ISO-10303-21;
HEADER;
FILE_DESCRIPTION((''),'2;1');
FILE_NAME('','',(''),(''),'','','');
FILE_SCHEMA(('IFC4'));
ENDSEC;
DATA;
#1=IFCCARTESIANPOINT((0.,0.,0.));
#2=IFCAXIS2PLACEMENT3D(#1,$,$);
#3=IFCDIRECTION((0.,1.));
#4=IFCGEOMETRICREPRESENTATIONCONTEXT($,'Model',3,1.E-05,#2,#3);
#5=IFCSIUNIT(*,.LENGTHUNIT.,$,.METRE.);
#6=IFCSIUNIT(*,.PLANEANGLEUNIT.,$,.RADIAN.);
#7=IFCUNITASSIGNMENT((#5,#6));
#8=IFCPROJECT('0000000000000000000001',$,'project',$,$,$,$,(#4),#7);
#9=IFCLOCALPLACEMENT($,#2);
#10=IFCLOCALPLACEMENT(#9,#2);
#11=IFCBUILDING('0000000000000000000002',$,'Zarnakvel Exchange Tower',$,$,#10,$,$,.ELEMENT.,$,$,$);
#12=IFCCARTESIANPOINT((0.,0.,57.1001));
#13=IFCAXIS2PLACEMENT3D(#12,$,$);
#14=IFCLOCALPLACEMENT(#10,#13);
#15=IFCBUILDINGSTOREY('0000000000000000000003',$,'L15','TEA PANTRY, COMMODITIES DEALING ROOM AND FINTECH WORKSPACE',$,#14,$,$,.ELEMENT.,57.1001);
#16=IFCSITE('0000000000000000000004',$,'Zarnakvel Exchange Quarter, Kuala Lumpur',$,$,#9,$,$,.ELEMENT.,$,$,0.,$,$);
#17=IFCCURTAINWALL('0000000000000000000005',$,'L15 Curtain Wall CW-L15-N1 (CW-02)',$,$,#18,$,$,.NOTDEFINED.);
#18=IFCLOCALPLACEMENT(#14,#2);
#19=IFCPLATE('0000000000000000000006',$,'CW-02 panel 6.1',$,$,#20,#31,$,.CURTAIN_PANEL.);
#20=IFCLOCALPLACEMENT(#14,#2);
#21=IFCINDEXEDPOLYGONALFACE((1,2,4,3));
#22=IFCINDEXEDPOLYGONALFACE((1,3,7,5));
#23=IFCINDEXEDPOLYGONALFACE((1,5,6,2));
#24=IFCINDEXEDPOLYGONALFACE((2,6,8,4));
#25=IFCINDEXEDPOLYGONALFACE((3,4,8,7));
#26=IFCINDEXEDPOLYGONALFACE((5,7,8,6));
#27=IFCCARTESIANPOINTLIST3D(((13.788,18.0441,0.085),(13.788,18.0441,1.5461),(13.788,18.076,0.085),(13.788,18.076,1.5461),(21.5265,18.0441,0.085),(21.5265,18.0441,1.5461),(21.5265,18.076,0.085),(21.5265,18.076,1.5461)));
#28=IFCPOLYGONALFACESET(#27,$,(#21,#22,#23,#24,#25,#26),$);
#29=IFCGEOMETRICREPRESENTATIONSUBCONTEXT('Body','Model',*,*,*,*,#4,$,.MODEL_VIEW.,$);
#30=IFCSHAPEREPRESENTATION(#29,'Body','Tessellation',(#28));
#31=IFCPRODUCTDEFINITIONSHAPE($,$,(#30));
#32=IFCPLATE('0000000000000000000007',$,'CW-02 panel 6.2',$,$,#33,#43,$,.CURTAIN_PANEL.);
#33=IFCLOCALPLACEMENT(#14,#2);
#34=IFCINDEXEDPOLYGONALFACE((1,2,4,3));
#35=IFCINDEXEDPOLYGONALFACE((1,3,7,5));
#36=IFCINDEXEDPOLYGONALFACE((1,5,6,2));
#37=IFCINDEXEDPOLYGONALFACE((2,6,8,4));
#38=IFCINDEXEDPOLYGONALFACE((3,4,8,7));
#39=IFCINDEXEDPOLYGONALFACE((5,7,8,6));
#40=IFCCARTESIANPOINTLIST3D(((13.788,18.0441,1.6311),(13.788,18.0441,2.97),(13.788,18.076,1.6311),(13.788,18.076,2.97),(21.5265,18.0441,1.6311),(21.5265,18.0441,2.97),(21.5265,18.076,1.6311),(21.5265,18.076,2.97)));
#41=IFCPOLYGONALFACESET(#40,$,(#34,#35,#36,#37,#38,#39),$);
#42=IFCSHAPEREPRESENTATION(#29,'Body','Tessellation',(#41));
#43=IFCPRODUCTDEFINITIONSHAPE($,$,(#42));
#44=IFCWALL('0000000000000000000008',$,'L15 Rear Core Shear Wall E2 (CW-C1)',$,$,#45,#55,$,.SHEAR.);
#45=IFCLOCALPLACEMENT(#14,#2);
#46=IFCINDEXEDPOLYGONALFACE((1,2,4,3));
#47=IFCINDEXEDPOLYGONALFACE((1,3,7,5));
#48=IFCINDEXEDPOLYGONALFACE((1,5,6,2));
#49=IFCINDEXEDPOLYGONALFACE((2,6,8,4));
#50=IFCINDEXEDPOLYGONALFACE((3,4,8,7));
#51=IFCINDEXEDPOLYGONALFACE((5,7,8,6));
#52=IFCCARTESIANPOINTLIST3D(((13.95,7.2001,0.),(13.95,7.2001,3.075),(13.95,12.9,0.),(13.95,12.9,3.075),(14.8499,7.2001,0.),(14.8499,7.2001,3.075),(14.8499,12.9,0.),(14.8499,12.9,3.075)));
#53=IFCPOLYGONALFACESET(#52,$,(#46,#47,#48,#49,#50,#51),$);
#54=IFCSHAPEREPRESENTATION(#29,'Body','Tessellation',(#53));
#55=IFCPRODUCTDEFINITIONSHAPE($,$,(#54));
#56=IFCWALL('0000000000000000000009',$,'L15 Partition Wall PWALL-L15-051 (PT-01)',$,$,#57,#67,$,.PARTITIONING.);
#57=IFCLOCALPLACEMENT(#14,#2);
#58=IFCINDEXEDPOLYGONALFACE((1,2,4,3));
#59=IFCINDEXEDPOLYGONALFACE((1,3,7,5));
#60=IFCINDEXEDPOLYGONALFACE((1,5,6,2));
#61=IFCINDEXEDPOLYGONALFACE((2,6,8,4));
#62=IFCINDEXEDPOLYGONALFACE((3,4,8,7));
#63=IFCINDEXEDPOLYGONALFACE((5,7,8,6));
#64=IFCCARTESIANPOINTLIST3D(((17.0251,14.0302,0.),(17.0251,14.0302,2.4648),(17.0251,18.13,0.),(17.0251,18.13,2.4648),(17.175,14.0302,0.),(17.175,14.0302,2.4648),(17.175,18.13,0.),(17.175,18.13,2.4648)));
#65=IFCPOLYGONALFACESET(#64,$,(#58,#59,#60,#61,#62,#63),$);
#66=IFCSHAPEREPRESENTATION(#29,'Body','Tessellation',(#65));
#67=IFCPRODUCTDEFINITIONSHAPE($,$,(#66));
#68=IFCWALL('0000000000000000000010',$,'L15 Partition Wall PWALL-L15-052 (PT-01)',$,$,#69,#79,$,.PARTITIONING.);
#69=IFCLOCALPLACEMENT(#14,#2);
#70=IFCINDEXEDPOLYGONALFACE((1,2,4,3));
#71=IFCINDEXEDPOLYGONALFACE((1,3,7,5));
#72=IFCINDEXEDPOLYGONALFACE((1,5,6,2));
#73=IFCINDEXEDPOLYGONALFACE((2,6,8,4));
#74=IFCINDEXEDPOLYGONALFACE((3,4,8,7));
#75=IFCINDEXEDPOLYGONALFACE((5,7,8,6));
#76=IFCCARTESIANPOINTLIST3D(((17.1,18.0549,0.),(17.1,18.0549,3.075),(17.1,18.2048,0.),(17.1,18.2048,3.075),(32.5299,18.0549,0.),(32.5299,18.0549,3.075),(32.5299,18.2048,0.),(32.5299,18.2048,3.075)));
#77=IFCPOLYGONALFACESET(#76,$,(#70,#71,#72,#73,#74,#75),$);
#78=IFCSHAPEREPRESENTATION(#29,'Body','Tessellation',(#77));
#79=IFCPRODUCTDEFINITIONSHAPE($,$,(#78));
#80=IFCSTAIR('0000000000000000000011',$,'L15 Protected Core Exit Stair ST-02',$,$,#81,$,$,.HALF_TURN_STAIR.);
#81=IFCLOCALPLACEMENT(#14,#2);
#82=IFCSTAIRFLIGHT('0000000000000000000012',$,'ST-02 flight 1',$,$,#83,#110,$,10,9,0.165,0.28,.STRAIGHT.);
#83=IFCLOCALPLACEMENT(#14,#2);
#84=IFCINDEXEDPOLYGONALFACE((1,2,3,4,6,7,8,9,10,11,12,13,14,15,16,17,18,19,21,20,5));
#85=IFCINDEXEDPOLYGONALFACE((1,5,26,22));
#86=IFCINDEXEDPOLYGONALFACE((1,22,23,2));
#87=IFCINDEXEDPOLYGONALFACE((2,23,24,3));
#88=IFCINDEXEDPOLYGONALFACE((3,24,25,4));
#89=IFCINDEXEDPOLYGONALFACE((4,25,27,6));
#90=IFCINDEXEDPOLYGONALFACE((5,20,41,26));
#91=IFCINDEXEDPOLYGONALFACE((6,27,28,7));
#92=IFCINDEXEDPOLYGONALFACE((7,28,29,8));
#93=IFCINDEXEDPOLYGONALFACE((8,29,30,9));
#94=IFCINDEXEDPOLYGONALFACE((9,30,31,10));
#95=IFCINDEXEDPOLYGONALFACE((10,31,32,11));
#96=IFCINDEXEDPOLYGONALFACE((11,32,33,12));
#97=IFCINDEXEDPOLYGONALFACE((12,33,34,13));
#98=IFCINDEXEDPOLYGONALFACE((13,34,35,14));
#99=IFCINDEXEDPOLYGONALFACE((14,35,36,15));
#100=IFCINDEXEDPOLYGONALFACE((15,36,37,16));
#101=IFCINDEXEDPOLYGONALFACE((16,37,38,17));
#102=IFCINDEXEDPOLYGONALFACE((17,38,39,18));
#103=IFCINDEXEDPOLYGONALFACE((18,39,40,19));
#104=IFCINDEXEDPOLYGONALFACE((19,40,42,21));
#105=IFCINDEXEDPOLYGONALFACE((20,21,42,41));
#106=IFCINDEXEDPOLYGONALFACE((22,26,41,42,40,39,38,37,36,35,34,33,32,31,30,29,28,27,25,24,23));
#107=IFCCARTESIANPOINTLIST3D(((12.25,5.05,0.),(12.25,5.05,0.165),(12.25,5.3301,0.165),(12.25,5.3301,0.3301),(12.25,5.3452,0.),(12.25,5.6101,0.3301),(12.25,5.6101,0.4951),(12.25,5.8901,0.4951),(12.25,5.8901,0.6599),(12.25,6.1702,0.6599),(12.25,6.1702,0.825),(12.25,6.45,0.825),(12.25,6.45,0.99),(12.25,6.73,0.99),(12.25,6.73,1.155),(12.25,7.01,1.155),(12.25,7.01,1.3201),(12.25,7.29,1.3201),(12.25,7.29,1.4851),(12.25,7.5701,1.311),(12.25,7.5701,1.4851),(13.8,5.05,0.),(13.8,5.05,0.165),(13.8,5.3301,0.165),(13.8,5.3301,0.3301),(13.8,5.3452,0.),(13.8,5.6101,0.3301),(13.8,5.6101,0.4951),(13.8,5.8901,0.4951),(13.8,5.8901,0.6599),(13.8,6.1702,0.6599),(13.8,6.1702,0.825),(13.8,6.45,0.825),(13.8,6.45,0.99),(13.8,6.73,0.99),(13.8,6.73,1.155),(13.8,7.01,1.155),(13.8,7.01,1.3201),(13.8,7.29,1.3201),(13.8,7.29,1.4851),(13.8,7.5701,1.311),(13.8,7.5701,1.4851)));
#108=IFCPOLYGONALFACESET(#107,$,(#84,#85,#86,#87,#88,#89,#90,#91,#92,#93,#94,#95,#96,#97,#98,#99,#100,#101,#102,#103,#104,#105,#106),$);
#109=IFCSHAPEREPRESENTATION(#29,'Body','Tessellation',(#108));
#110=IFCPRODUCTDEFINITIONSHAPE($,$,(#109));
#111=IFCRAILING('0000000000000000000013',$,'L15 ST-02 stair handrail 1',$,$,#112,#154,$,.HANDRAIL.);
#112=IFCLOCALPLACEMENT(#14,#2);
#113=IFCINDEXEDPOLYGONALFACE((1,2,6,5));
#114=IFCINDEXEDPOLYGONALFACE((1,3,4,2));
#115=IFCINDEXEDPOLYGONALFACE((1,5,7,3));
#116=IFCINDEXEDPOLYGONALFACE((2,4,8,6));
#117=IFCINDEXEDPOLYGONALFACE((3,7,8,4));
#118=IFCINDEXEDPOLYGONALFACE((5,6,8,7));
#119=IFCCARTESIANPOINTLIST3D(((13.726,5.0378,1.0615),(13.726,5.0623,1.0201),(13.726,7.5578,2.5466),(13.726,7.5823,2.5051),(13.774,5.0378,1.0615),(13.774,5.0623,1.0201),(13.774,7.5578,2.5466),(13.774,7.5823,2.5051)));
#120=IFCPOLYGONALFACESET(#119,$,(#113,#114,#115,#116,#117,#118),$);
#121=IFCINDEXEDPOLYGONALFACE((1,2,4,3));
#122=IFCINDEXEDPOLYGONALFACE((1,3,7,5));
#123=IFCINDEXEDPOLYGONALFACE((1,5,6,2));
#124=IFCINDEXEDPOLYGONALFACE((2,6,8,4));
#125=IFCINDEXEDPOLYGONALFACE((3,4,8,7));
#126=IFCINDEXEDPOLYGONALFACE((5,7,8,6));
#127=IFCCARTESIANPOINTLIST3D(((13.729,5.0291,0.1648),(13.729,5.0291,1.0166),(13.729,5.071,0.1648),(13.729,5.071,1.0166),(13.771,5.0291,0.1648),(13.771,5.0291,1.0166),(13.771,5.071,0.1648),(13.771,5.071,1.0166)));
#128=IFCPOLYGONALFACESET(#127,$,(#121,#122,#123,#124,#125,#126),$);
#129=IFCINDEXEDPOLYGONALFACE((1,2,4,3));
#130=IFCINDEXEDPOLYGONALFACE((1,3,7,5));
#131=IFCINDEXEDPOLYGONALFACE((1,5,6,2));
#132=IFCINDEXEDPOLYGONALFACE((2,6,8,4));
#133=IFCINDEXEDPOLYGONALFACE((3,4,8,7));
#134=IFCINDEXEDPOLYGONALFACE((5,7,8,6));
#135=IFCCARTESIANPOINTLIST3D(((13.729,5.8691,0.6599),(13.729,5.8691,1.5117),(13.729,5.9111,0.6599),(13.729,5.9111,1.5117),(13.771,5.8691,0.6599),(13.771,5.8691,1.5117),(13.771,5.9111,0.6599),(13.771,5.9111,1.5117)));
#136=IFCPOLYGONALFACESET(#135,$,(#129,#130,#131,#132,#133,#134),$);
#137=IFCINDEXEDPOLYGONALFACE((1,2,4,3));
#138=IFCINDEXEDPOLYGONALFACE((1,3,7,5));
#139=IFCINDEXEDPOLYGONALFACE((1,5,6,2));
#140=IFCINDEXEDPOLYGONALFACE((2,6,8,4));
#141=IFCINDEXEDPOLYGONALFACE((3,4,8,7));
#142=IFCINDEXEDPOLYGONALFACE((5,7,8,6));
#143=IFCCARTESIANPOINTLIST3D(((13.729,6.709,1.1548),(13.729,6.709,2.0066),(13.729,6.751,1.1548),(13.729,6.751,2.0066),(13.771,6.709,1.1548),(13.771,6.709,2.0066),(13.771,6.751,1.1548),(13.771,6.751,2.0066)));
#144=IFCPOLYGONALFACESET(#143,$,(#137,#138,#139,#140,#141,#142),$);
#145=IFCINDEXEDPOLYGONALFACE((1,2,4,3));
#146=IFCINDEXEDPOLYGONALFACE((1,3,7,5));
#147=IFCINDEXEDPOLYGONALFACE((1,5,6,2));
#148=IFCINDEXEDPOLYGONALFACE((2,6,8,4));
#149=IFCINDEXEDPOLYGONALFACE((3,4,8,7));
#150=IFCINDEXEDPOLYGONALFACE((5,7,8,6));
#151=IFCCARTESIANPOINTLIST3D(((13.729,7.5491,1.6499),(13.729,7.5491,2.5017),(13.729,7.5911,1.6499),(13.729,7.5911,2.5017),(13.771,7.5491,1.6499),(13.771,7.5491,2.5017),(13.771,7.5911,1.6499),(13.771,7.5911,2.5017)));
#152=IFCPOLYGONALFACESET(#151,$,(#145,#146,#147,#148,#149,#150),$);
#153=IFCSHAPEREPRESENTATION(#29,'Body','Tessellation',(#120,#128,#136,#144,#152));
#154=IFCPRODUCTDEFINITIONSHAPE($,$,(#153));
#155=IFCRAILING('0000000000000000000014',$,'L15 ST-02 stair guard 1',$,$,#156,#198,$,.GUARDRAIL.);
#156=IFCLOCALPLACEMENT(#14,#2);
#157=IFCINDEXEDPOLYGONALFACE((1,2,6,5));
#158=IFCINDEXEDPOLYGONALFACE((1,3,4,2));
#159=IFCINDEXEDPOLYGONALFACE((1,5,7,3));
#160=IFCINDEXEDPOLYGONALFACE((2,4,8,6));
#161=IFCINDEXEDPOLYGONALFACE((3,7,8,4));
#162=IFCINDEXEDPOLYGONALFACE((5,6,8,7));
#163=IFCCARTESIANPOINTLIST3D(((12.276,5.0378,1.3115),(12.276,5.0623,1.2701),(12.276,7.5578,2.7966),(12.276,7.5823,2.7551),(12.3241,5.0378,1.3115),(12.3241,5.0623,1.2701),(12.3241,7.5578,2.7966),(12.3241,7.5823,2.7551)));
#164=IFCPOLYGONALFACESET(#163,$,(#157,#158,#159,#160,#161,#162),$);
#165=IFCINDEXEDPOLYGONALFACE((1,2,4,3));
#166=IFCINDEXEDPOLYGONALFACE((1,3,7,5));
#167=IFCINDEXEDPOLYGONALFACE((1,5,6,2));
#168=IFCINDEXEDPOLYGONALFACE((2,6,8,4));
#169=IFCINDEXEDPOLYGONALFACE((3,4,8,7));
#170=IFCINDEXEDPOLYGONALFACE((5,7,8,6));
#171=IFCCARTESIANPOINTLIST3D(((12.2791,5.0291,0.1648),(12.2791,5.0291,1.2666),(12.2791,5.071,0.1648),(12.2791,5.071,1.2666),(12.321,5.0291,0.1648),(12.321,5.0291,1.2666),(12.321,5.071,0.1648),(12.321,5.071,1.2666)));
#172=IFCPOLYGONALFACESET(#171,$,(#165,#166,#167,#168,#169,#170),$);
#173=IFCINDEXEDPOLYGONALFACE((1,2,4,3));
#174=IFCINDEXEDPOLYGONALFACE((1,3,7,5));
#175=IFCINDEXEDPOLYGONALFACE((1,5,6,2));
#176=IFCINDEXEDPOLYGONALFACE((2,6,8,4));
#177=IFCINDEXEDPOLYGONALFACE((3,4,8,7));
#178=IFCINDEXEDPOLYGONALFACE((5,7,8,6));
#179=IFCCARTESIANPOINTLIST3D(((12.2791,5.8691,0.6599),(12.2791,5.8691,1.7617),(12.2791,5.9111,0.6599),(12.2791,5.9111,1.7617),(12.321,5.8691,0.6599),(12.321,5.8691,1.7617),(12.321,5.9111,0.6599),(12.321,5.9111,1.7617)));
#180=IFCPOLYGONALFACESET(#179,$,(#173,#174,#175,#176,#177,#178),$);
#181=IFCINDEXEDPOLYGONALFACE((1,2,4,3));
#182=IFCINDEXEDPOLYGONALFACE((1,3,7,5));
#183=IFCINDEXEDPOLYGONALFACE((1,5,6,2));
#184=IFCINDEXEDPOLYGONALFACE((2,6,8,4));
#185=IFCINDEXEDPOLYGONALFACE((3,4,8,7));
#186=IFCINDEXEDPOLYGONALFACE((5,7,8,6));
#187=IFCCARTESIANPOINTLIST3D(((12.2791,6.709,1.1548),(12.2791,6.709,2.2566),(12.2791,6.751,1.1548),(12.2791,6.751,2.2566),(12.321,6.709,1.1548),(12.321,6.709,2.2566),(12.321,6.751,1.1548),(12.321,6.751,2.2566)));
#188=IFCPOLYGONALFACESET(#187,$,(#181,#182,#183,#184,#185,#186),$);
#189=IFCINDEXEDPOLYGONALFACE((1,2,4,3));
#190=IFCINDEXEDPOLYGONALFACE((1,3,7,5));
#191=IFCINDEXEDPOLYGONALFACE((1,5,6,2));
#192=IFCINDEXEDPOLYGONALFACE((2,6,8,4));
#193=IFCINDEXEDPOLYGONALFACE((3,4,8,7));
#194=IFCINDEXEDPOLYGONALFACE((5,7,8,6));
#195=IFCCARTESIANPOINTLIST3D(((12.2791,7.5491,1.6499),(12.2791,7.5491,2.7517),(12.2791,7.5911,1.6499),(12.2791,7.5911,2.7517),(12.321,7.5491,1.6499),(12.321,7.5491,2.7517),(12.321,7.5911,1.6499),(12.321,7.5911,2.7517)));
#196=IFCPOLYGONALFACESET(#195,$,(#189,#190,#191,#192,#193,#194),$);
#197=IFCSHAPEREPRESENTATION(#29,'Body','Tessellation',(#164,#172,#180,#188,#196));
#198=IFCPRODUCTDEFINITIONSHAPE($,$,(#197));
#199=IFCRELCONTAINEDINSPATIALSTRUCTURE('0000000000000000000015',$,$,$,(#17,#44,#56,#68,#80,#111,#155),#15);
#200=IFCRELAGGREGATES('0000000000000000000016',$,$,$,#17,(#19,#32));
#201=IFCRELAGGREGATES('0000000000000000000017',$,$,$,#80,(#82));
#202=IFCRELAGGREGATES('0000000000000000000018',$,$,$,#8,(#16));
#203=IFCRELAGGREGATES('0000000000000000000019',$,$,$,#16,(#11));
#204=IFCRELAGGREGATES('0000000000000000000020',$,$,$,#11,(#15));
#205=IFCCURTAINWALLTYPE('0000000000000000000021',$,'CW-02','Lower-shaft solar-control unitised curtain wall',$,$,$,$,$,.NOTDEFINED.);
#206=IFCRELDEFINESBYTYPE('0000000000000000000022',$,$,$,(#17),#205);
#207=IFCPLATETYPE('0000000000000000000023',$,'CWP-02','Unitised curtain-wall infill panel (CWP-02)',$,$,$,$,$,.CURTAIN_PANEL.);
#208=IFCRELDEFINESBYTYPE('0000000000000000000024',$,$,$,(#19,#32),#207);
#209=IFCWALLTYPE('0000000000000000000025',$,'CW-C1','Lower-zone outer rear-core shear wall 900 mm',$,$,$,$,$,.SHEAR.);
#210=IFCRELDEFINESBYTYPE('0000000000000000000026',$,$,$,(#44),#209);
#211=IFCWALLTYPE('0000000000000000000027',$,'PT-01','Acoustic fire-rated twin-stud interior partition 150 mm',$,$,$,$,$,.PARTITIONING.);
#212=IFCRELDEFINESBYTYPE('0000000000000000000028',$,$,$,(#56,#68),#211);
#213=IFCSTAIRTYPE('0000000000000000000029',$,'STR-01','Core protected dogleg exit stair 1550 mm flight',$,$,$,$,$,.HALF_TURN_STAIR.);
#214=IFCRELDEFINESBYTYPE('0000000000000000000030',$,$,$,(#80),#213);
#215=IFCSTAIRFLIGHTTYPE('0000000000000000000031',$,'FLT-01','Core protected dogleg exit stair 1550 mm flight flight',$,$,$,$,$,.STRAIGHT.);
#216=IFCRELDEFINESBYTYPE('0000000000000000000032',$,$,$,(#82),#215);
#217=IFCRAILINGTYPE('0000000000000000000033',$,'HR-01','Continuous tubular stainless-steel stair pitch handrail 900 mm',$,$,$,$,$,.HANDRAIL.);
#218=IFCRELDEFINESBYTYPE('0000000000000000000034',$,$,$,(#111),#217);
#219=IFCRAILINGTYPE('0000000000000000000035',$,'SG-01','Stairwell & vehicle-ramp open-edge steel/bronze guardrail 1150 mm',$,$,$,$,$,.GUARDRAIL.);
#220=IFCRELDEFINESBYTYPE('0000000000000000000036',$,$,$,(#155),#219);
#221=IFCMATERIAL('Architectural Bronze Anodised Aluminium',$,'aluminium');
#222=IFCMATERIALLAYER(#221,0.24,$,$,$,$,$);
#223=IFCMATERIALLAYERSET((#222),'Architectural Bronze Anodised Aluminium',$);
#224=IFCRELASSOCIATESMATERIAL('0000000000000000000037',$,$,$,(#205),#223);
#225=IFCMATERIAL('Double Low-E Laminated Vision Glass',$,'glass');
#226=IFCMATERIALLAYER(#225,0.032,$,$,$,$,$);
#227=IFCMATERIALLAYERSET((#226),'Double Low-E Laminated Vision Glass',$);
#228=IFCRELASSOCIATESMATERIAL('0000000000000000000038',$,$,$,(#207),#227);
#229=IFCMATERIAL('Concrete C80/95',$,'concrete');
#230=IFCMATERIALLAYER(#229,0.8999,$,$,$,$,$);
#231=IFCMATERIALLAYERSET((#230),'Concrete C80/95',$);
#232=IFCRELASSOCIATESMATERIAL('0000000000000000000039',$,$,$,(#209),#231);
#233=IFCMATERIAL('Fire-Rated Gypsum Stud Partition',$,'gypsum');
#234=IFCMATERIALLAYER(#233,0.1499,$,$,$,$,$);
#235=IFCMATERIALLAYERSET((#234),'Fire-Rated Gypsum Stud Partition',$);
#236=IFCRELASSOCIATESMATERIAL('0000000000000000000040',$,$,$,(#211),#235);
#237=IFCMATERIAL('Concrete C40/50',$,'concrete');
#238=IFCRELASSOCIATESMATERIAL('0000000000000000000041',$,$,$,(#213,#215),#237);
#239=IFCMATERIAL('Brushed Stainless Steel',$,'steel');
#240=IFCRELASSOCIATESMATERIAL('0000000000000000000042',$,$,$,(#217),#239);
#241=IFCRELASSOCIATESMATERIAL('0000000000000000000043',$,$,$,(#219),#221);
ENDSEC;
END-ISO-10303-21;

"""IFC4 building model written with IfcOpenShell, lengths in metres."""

from ifc_helpers import new_model, si_unit, direction, frame, frame_2d, origin, origin_2d, place, context, subcontext, project, spatial, polyline, rectangle, outline, extrude, source, transform, mapped, material, layer, layer_set, type_object, element, aggregate, save


model = new_model("IFC4")

# Units and contexts
model_context = context("Model", 3, precision=1e-05, world=origin(), true_north=direction((0.0, 1.0)))
body_context = subcontext(model_context, "Body", "Model", "MODEL_VIEW")
ifc_project = project(units=[si_unit("LENGTHUNIT", "METRE"), si_unit("PLANEANGLEUNIT", "RADIAN")], contexts=[model_context])

# Site, building, storey
site_placement = place(None, origin())
site = spatial("IfcSite", under=ifc_project, at=site_placement, Name="Zarnakvel Exchange Quarter, Kuala Lumpur", CompositionType="ELEMENT", RefElevation=0.0)
building_placement = place(site_placement, origin())
building = spatial("IfcBuilding", under=site, at=building_placement, Name="Zarnakvel Exchange Tower", CompositionType="ELEMENT")
storey_placement = place(building_placement, frame((0.0, 0.0, 57.1001)))
storey = spatial("IfcBuildingStorey", under=building, at=storey_placement, Name="L15", Description="TEA PANTRY, COMMODITIES DEALING ROOM AND FINTECH WORKSPACE", CompositionType="ELEMENT", Elevation=57.1001)

# Shared definitions
ifc_material_1 = material(Name="Concrete C80/95", Category="concrete")

# Curtain wall, plates
ifc_material_2 = material(Name="Architectural Bronze Anodised Aluminium", Category="aluminium")
ifc_layer_1 = layer(ifc_material_2, 0.24)
ifc_layer_set_1 = layer_set([ifc_layer_1], Name="Architectural Bronze Anodised Aluminium")
curtain_wall_type = type_object("IfcCurtainWallType", Name="CW-02", Description="Lower-shaft solar-control unitised curtain wall", PredefinedType="NOTDEFINED", material=ifc_layer_set_1)
curtain_wall_placement = place(storey_placement, origin())
curtain_wall = element("IfcCurtainWall", 1, at=curtain_wall_placement, inside=storey, type_object=curtain_wall_type, Name="L15 Curtain Wall CW-L15-N1 (CW-02)", PredefinedType="NOTDEFINED")
ifc_material_3 = material(Name="Double Low-E Laminated Vision Glass", Category="glass")
ifc_layer_2 = layer(ifc_material_3, 0.032)
ifc_layer_set_2 = layer_set([ifc_layer_2], Name="Double Low-E Laminated Vision Glass")
plate_type = type_object("IfcPlateType", Name="CWP-02", Description="Unitised curtain-wall infill panel (CWP-02)", PredefinedType="CURTAIN_PANEL", material=ifc_layer_set_2)
shared_shape_1 = source(origin(), body_context, "Body", "SweptSolid", [
    extrude(rectangle(XDim=7.7385, YDim=0.032, at=origin_2d()), origin(), (0.0, 0.0, 1.0), 1.4612),
])
plate_1_placement = place(storey_placement, frame((17.6572, 18.0601, 0.085), z_axis=(0.0, 0.0, 1.0), x_axis=(1.0, 0.0, 0.0)))
plate_1 = element("IfcPlate", 2, at=plate_1_placement, type_object=plate_type, Name="CW-02 panel 6.1", PredefinedType="CURTAIN_PANEL", context=body_context, shape_type="MappedRepresentation", body=[
    mapped(shared_shape_1, transform((0.0, 0.0, 0.0), x_axis=(1.0, 0.0, 0.0), y_axis=(0.0, 1.0, 0.0), z_axis=(0.0, 0.0, 1.0), scale=1.0)),
])
shared_shape_2 = source(origin(), body_context, "Body", "SweptSolid", [
    extrude(rectangle(XDim=7.7385, YDim=0.032, at=origin_2d()), origin(), (0.0, 0.0, 1.0), 1.3389),
])
plate_2_placement = place(storey_placement, frame((17.6572, 18.0601, 1.6311), z_axis=(0.0, 0.0, 1.0), x_axis=(1.0, 0.0, 0.0)))
plate_2 = element("IfcPlate", 3, at=plate_2_placement, type_object=plate_type, Name="CW-02 panel 6.2", PredefinedType="CURTAIN_PANEL", context=body_context, shape_type="MappedRepresentation", body=[
    mapped(shared_shape_2, transform((0.0, 0.0, 0.0), x_axis=(1.0, 0.0, 0.0), y_axis=(0.0, 1.0, 0.0), z_axis=(0.0, 0.0, 1.0), scale=1.0)),
])
aggregate(curtain_wall, [plate_1, plate_2])

# Walls
ifc_layer_3 = layer(ifc_material_1, 0.8999)
ifc_layer_set_3 = layer_set([ifc_layer_3], Name="Concrete C80/95")
wall_type_1 = type_object("IfcWallType", Name="CW-C1", Description="Lower-zone outer rear-core shear wall 900 mm", PredefinedType="SHEAR", material=ifc_layer_set_3)
wall_1_placement = place(storey_placement, frame((14.3999, 7.2, 0.0), z_axis=(0.0, 0.0, 1.0), x_axis=(0.0, 1.0, 0.0)))
element("IfcWall", 4, at=wall_1_placement, inside=storey, type_object=wall_type_1, Name="L15 Rear Core Shear Wall E2 (CW-C1)", PredefinedType="SHEAR", context=body_context, shape_type="SweptSolid", body=[
    extrude(rectangle(XDim=5.7, YDim=0.8999, at=frame_2d((2.8501, 0.0))), origin(), (0.0, 0.0, 1.0), 3.075),
])
ifc_material_4 = material(Name="Fire-Rated Gypsum Stud Partition", Category="gypsum")
ifc_layer_4 = layer(ifc_material_4, 0.1499)
ifc_layer_set_4 = layer_set([ifc_layer_4], Name="Fire-Rated Gypsum Stud Partition")
wall_type_2 = type_object("IfcWallType", Name="PT-01", Description="Acoustic fire-rated twin-stud interior partition 150 mm", PredefinedType="PARTITIONING", material=ifc_layer_set_4)
wall_2_placement = place(storey_placement, frame((17.1001, 18.1299, 0.0), z_axis=(0.0, 0.0, 1.0), x_axis=(0.0, -1.0, 0.0)))
element("IfcWall", 5, at=wall_2_placement, inside=storey, type_object=wall_type_2, Name="L15 Partition Wall PWALL-L15-051 (PT-01)", PredefinedType="PARTITIONING", context=body_context, shape_type="SweptSolid", body=[
    extrude(rectangle(XDim=4.0999, YDim=0.1499, at=frame_2d((2.0498, 0.0))), origin(), (0.0, 0.0, 1.0), 2.4648),
])
wall_3_placement = place(storey_placement, frame((17.1001, 18.1299, 0.0), z_axis=(0.0, 0.0, 1.0), x_axis=(1.0, 0.0, 0.0)))
element("IfcWall", 6, at=wall_3_placement, inside=storey, type_object=wall_type_2, Name="L15 Partition Wall PWALL-L15-052 (PT-01)", PredefinedType="PARTITIONING", context=body_context, shape_type="SweptSolid", body=[
    extrude(rectangle(XDim=15.4299, YDim=0.1499, at=frame_2d((7.7148, 0.0))), origin(), (0.0, 0.0, 1.0), 3.075),
])

# Shared definitions
ifc_material_5 = material(Name="Concrete C40/50", Category="concrete")

# Stair, stair flight
stair_type = type_object("IfcStairType", Name="STR-01", Description="Core protected dogleg exit stair 1550 mm flight", PredefinedType="HALF_TURN_STAIR", material=ifc_material_5)
stair_placement = place(storey_placement, origin())
stair = element("IfcStair", 7, at=stair_placement, inside=storey, type_object=stair_type, Name="L15 Protected Core Exit Stair ST-02", PredefinedType="HALF_TURN_STAIR")
stair_flight_type = type_object("IfcStairFlightType", Name="FLT-01", Description="Core protected dogleg exit stair 1550 mm flight flight", PredefinedType="STRAIGHT", material=ifc_material_5)
stair_flight_placement = place(storey_placement, frame((13.0249, 5.05, 0.0), z_axis=(0.0, 0.0, 1.0), x_axis=(0.0, 1.0, 0.0)))
stair_flight = element("IfcStairFlight", 8, at=stair_flight_placement, type_object=stair_flight_type, Name="ST-02 flight 1", NumberOfRisers=10, NumberOfTreads=9, PredefinedType="STRAIGHT", RiserHeight=0.165, TreadLength=0.28, context=body_context, shape_type="SweptSolid", body=[
    extrude(outline(polyline([(0.0, 0.0), (0.0, 0.165), (0.28, 0.165), (0.28, 0.3301), (0.5601, 0.3301), (0.5601, 0.4951), (0.8401, 0.4951), (0.8401, 0.6599), (1.1201, 0.6599), (1.1201, 0.825), (1.3999, 0.825), (1.3999, 0.99), (1.6799, 0.99), (1.6799, 1.155), (1.96, 1.155), (1.96, 1.3201), (2.24, 1.3201), (2.24, 1.4851), (2.52, 1.4851), (2.52, 1.6499), (2.52, 1.311), (0.2952, 0.0), (0.0, 0.0)])), frame((0.0, 0.7749, 0.0), z_axis=(0.0, -1.0, 0.0), x_axis=(1.0, 0.0, 0.0)), (0.0, 0.0, 1.0), 1.55),
])
aggregate(stair, [stair_flight])

# Railings
ifc_material_6 = material(Name="Brushed Stainless Steel", Category="steel")
railing_type_1 = type_object("IfcRailingType", Name="HR-01", Description="Continuous tubular stainless-steel stair pitch handrail 900 mm", PredefinedType="HANDRAIL", material=ifc_material_6)
railing_1_placement = place(storey_placement, frame((13.75, 5.05, 0.1648)))
element("IfcRailing", 9, at=railing_1_placement, inside=storey, type_object=railing_type_1, Name="L15 ST-02 stair handrail 1", PredefinedType="HANDRAIL", context=body_context, shape_type="SweptSolid", body=[
    extrude(rectangle(XDim=0.0481, YDim=0.0481, at=origin_2d()), frame((0.0, 0.0, 0.876), z_axis=(0.0, 0.861524, 0.507717), x_axis=(-1.0, 0.0, 0.0)), (0.0, 0.0, 1.0), 2.925),
    extrude(rectangle(XDim=0.042, YDim=0.042, at=origin_2d()), origin(), (0.0, 0.0, 1.0), 0.8518),
    extrude(rectangle(XDim=0.042, YDim=0.042, at=origin_2d()), frame((0.0, 0.8401, 0.4951)), (0.0, 0.0, 1.0), 0.8518),
    extrude(rectangle(XDim=0.042, YDim=0.042, at=origin_2d()), frame((0.0, 1.6799, 0.99)), (0.0, 0.0, 1.0), 0.8518),
    extrude(rectangle(XDim=0.042, YDim=0.042, at=origin_2d()), frame((0.0, 2.52, 1.4851)), (0.0, 0.0, 1.0), 0.8518),
])
railing_type_2 = type_object("IfcRailingType", Name="SG-01", Description="Stairwell & vehicle-ramp open-edge steel/bronze guardrail 1150 mm", PredefinedType="GUARDRAIL", material=ifc_material_2)
railing_2_placement = place(storey_placement, frame((12.3, 5.05, 0.1648)))
element("IfcRailing", 10, at=railing_2_placement, inside=storey, type_object=railing_type_2, Name="L15 ST-02 stair guard 1", PredefinedType="GUARDRAIL", context=body_context, shape_type="SweptSolid", body=[
    extrude(rectangle(XDim=0.0481, YDim=0.0481, at=origin_2d()), frame((0.0, 0.0, 1.126), z_axis=(0.0, 0.861524, 0.507717), x_axis=(-1.0, 0.0, 0.0)), (0.0, 0.0, 1.0), 2.925),
    extrude(rectangle(XDim=0.042, YDim=0.042, at=origin_2d()), origin(), (0.0, 0.0, 1.0), 1.1018),
    extrude(rectangle(XDim=0.042, YDim=0.042, at=origin_2d()), frame((0.0, 0.8401, 0.4951)), (0.0, 0.0, 1.0), 1.1018),
    extrude(rectangle(XDim=0.042, YDim=0.042, at=origin_2d()), frame((0.0, 1.6799, 0.99)), (0.0, 0.0, 1.0), 1.1018),
    extrude(rectangle(XDim=0.042, YDim=0.042, at=origin_2d()), frame((0.0, 2.52, 1.4851)), (0.0, 0.0, 1.0), 1.1018),
])

save(model, "model.ifc")
